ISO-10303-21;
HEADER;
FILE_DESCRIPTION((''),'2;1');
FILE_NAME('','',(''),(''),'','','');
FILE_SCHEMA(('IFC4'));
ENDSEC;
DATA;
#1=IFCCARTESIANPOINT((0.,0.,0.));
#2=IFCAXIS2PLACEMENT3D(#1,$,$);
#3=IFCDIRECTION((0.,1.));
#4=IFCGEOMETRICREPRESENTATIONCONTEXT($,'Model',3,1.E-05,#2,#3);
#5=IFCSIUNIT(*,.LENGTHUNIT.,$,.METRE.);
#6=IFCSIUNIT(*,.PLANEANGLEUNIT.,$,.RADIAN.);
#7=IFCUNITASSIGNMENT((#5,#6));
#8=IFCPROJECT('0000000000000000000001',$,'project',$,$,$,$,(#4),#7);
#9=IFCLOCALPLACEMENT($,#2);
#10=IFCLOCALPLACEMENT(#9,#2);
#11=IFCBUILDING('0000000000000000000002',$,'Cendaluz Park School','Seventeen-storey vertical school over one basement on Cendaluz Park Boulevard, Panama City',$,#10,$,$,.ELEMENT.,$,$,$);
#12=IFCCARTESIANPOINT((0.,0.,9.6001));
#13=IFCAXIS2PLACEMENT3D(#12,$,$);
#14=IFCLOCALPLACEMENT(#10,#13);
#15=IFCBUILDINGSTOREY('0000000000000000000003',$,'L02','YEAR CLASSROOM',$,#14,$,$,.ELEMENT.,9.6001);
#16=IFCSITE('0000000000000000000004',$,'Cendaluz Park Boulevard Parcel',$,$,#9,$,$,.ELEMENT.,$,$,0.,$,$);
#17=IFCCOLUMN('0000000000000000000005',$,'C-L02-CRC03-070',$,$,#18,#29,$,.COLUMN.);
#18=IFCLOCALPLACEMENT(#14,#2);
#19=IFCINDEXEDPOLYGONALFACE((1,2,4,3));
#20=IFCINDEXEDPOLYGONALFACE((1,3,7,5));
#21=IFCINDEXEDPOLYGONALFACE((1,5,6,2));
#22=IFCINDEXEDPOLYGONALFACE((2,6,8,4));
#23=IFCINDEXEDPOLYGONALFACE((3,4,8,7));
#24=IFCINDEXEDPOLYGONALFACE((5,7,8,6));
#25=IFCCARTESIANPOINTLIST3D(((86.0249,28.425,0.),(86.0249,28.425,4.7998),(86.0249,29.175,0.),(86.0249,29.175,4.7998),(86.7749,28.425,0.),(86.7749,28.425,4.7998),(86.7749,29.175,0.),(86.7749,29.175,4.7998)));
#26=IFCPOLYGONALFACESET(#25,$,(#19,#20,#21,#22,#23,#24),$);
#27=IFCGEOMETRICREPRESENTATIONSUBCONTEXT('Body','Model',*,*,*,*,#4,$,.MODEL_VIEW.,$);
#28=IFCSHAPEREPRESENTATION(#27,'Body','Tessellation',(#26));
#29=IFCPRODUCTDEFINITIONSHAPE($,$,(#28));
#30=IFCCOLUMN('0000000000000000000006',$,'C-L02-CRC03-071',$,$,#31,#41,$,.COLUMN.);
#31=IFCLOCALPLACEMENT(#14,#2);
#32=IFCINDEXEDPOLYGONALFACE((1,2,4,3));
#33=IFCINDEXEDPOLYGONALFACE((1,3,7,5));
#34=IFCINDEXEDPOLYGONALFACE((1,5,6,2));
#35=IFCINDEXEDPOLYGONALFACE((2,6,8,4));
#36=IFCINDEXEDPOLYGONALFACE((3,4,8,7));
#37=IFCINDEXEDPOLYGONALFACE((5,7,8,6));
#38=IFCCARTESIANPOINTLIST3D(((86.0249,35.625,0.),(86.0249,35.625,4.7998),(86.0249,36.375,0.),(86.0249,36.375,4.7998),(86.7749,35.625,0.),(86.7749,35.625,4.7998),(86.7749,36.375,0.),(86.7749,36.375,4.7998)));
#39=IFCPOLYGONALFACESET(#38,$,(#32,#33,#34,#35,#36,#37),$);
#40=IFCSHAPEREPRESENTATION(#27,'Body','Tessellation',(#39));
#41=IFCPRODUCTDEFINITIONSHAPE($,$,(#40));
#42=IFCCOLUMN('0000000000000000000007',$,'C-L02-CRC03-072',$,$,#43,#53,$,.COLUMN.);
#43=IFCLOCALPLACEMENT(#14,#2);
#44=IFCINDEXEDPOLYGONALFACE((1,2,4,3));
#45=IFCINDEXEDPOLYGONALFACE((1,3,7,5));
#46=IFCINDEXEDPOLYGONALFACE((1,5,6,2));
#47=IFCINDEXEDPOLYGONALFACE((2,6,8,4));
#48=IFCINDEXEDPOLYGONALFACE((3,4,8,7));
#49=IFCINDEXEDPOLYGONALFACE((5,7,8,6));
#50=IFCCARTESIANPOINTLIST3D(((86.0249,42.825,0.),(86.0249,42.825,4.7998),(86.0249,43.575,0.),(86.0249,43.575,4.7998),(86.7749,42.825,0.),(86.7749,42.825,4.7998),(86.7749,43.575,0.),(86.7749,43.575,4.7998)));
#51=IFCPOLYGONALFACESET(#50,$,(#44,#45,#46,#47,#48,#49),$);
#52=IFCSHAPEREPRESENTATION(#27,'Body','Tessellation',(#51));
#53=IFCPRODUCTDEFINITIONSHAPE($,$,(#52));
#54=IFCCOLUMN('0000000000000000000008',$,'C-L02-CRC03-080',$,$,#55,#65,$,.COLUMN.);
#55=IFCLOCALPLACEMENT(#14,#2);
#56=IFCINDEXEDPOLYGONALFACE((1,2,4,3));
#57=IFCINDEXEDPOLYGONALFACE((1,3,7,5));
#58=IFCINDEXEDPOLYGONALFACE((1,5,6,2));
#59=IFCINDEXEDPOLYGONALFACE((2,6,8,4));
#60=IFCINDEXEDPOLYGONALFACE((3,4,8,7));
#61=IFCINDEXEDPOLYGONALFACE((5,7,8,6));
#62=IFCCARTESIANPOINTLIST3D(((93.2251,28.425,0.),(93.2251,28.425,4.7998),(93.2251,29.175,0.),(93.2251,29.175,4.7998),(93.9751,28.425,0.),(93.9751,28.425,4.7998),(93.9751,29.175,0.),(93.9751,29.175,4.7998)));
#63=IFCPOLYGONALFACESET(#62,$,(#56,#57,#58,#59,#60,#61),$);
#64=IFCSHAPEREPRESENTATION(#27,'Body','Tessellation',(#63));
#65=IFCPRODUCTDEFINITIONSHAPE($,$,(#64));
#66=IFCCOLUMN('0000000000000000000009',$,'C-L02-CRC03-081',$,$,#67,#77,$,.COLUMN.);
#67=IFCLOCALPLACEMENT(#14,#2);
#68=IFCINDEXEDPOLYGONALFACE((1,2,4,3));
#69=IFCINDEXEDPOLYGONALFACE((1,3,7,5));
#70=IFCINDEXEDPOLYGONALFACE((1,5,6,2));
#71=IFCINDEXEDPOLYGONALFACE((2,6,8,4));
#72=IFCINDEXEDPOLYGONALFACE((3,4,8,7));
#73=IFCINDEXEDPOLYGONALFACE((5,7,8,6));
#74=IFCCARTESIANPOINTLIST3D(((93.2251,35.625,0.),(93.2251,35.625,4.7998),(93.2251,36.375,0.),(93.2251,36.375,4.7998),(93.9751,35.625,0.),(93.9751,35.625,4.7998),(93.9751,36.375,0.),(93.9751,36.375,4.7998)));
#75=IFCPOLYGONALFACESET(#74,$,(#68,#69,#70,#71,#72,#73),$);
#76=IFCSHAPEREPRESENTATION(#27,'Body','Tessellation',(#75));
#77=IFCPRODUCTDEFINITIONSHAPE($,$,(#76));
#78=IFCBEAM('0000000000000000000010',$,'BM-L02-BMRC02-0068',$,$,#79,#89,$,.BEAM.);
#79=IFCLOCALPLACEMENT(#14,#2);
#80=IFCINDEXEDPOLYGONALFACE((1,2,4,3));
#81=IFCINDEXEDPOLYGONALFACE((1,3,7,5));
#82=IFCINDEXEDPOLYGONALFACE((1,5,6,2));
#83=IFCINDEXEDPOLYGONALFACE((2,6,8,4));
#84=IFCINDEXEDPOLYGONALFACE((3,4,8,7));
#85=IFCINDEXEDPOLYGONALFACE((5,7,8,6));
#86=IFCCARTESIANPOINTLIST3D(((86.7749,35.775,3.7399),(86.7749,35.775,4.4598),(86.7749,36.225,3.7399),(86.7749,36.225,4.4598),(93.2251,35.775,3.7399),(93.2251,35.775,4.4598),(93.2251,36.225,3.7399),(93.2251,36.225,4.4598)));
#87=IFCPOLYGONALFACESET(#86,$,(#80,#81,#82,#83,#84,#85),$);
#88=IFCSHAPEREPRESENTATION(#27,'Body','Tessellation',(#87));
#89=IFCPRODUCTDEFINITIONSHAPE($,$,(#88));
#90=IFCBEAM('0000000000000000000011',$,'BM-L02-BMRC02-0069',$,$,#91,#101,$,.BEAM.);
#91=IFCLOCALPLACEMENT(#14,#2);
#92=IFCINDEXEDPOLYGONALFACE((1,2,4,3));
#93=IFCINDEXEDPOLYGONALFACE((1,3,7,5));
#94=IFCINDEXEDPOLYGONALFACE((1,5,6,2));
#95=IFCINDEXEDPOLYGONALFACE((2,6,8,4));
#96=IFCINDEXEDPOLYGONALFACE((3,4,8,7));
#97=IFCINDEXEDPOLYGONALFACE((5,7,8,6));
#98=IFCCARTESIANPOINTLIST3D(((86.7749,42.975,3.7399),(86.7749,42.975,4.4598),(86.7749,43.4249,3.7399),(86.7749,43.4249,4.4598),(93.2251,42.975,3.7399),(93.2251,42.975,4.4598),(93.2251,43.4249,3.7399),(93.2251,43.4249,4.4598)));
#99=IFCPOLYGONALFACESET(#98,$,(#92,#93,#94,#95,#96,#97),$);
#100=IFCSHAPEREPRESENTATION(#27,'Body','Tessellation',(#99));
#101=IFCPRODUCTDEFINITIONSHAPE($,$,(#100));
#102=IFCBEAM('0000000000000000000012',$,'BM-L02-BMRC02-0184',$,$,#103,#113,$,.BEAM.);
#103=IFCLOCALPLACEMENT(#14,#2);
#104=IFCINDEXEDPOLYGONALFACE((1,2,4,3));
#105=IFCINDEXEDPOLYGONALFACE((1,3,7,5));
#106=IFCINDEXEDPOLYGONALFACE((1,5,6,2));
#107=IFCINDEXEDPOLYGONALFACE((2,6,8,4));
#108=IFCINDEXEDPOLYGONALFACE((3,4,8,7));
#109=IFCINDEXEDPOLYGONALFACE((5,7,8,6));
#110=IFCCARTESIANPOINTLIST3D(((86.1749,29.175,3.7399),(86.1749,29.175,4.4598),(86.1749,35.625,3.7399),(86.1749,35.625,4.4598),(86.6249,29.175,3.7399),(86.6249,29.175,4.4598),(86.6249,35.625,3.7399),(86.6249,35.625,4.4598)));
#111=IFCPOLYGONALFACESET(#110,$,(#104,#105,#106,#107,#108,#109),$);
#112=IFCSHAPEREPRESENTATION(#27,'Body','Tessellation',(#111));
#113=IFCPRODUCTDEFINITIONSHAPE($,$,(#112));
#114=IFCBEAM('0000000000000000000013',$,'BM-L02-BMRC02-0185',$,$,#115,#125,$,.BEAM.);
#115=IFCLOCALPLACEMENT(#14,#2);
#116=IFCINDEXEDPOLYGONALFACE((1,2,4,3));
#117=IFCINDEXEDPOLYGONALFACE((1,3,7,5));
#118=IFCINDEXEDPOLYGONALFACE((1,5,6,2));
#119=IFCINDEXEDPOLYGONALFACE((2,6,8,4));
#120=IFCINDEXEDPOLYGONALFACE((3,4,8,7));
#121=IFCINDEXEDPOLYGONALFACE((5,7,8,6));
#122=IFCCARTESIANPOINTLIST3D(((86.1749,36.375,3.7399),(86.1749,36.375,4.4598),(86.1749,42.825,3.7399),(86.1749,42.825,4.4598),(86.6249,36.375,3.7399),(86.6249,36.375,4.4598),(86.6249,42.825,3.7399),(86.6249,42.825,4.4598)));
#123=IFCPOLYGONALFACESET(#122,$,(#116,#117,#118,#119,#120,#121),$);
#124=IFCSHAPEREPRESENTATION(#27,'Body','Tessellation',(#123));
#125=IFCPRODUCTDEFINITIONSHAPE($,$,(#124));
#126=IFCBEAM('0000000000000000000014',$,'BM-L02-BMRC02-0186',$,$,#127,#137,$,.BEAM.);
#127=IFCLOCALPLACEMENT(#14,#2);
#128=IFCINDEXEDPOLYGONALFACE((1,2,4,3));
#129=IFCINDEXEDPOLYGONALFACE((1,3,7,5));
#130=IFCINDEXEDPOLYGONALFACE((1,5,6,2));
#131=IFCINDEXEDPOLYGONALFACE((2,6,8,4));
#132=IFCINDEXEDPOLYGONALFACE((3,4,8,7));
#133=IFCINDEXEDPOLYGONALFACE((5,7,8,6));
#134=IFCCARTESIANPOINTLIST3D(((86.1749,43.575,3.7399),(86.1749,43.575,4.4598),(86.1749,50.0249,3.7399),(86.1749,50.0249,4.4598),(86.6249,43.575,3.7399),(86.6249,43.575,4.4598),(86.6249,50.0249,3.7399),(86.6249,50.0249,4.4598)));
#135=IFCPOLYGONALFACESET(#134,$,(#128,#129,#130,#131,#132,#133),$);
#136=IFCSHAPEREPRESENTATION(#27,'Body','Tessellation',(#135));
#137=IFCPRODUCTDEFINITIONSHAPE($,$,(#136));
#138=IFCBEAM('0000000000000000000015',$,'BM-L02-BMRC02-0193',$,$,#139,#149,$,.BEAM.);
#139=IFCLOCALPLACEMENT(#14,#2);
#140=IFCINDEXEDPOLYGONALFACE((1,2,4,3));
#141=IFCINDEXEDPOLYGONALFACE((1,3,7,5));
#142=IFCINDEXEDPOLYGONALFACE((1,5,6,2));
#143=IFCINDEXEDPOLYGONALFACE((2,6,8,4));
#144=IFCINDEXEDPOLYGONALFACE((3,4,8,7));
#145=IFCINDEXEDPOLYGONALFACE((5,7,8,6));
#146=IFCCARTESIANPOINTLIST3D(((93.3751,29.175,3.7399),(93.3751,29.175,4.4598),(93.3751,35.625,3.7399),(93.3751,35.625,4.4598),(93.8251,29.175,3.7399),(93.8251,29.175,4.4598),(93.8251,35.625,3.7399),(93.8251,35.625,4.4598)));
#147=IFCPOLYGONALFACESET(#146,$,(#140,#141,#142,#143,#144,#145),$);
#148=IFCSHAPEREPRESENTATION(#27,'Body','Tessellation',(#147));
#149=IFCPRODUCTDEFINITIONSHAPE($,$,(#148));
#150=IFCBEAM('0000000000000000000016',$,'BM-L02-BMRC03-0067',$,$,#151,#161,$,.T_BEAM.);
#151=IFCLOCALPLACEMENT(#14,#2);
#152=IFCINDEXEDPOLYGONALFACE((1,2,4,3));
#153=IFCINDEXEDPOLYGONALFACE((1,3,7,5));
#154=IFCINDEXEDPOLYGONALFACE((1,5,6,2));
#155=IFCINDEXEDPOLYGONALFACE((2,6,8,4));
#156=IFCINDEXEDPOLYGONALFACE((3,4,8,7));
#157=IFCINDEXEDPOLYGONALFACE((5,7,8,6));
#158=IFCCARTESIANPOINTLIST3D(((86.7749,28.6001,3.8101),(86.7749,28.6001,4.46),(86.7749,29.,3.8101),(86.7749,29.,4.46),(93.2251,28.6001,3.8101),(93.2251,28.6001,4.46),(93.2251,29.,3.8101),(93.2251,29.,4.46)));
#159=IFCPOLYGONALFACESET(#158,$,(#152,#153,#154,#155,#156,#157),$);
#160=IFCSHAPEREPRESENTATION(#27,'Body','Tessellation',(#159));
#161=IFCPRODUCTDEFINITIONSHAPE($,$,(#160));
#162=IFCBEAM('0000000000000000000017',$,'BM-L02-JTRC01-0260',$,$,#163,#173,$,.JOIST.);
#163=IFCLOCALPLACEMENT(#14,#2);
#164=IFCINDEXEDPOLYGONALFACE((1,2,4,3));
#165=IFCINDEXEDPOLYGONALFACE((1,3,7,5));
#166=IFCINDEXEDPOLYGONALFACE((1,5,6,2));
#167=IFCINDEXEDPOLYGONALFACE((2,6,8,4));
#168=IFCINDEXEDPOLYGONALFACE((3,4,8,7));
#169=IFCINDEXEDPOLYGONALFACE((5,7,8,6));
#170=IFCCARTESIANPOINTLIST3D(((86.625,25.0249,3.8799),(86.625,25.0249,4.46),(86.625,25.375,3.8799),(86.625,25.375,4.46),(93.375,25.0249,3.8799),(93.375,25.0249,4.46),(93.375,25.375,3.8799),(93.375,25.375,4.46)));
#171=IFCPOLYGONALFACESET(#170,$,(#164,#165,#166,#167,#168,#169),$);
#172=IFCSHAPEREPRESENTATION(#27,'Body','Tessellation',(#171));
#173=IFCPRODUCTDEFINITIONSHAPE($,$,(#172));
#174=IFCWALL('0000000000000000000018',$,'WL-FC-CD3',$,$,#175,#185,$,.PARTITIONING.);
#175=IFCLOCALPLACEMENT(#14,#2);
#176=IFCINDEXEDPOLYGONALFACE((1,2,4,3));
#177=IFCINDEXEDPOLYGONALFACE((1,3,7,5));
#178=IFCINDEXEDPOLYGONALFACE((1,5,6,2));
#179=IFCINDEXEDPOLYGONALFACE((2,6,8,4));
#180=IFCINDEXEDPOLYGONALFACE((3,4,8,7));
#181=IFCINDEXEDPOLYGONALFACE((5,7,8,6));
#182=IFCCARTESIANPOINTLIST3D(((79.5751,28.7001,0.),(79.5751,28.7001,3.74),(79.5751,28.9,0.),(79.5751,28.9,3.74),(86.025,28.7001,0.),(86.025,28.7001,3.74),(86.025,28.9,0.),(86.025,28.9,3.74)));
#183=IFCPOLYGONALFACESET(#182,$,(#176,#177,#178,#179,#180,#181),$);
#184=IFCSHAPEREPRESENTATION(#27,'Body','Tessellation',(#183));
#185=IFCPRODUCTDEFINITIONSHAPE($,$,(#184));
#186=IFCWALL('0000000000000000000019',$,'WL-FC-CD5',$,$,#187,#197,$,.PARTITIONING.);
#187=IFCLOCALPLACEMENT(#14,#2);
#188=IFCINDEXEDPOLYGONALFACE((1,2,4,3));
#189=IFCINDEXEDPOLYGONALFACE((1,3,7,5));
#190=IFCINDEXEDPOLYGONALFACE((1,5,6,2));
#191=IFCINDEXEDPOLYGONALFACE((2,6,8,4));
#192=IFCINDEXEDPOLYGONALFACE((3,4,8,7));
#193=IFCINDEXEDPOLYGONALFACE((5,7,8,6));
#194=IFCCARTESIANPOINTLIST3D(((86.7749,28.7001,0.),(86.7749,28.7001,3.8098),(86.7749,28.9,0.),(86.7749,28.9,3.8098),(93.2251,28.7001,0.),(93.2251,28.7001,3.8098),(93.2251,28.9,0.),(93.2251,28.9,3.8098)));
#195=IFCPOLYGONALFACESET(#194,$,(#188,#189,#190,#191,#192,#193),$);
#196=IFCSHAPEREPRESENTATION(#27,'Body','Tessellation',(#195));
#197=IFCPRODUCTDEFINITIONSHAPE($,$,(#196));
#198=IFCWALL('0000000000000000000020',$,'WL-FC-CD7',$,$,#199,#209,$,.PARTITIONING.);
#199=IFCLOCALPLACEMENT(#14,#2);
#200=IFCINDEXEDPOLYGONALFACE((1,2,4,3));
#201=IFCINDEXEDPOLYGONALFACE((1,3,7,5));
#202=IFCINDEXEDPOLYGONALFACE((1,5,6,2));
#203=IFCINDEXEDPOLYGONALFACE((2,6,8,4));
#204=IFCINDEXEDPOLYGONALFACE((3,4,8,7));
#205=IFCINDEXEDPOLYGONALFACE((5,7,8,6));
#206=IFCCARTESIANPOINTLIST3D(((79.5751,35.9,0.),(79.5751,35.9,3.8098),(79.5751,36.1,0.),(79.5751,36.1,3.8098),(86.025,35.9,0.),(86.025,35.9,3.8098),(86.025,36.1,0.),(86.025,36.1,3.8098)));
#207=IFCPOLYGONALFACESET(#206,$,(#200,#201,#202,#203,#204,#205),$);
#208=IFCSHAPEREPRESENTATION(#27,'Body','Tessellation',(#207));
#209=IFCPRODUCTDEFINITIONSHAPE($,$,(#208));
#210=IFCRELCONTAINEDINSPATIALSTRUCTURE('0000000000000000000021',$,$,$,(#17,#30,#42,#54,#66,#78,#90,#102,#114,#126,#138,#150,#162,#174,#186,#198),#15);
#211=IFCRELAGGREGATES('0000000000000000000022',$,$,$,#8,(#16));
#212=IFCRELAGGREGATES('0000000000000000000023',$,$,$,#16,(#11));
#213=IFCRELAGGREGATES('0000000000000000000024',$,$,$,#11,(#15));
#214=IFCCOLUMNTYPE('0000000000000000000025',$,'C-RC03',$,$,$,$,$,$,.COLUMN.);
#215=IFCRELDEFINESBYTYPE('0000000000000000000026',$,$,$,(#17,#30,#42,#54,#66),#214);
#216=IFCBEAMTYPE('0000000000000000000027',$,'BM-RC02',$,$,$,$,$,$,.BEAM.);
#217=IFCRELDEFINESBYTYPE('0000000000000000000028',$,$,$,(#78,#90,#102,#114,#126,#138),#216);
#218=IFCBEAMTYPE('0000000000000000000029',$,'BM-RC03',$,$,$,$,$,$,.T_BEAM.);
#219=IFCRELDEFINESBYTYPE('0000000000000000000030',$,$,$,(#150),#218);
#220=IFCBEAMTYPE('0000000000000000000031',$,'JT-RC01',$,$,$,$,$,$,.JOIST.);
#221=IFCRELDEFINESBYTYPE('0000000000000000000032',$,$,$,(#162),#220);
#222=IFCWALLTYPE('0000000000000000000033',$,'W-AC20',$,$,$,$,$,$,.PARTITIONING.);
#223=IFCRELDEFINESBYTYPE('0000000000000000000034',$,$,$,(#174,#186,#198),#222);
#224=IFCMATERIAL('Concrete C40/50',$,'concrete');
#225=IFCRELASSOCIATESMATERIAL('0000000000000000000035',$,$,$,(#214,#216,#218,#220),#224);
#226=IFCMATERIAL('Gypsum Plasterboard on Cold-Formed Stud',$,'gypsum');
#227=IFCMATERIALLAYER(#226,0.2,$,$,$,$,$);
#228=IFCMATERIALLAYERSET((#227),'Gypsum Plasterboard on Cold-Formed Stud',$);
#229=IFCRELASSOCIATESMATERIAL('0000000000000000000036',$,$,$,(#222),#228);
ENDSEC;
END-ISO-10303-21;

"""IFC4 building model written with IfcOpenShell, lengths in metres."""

from ifc_helpers import new_model, si_unit, direction, frame, frame_2d, origin, origin_2d, place, context, subcontext, project, spatial, rectangle, extrude, material, layer, layer_set, material_profile, profile_set, type_object, element, save


model = new_model("IFC4")

# Units and contexts
model_context = context("Model", 3, precision=1e-05, world=origin(), true_north=direction((0.0, 1.0)))
body_context = subcontext(model_context, "Body", "Model", "MODEL_VIEW")
ifc_project = project(units=[si_unit("LENGTHUNIT", "METRE"), si_unit("PLANEANGLEUNIT", "RADIAN")], contexts=[model_context])

# Site, building, storey
site_placement = place(None, origin())
site = spatial("IfcSite", under=ifc_project, at=site_placement, Name="Cendaluz Park Boulevard Parcel", CompositionType="ELEMENT", RefElevation=0.0)
building_placement = place(site_placement, origin())
building = spatial("IfcBuilding", under=site, at=building_placement, Name="Cendaluz Park School", Description="Seventeen-storey vertical school over one basement on Cendaluz Park Boulevard, Panama City", CompositionType="ELEMENT")
storey_placement = place(building_placement, frame((0.0, 0.0, 9.6001)))
storey = spatial("IfcBuildingStorey", under=building, at=storey_placement, Name="L02", Description="YEAR CLASSROOM", CompositionType="ELEMENT", Elevation=9.6001)

# Columns
ifc_material_1 = material(Name="Concrete C40/50", Category="concrete")
ifc_material_profile_1 = material_profile(ifc_material_1, rectangle(XDim=0.75, YDim=0.75, at=origin_2d()), Name="RC 750x750", Category="concrete")
ifc_profile_set_1 = profile_set([ifc_material_profile_1], Name="Concrete C40/50")
column_type = type_object("IfcColumnType", Name="C-RC03", PredefinedType="COLUMN", material=ifc_profile_set_1)
for number, where, z_axis, x_axis, name in (
    (1, (86.3999, 28.8, 0.0), (0.0, 0.0, 1.0), (1.0, 0.0, 0.0), "C-L02-CRC03-070"),
    (2, (86.3999, 36.0, 0.0), (0.0, 0.0, 1.0), (1.0, 0.0, 0.0), "C-L02-CRC03-071"),
    (3, (86.3999, 43.2, 0.0), (0.0, 0.0, 1.0), (1.0, 0.0, 0.0), "C-L02-CRC03-072"),
    (4, (93.6001, 28.8, 0.0), (0.0, 0.0, 1.0), (1.0, 0.0, 0.0), "C-L02-CRC03-080"),
    (5, (93.6001, 36.0, 0.0), (0.0, 0.0, 1.0), (1.0, 0.0, 0.0), "C-L02-CRC03-081"),
):
    element("IfcColumn", number, at=place(storey_placement, frame(where, z_axis=z_axis, x_axis=x_axis)), inside=storey, type_object=column_type, Name=name, PredefinedType="COLUMN", context=body_context, shape_type="SweptSolid", body=[
        extrude(rectangle(XDim=0.75, YDim=0.75, at=origin_2d()), origin(), (0.0, 0.0, 1.0), 4.7998),
    ])

# Beams
ifc_material_profile_2 = material_profile(ifc_material_1, rectangle(XDim=0.45, YDim=0.72, at=origin_2d()), Name="RC 450x720", Category="concrete")
ifc_profile_set_2 = profile_set([ifc_material_profile_2], Name="Concrete C40/50")
beam_type_1 = type_object("IfcBeamType", Name="BM-RC02", PredefinedType="BEAM", material=ifc_profile_set_2)
for number, where, z_axis, x_axis, name in (
    (6, (86.7749, 36.0, 4.0999), (1.0, 0.0, 0.0), (0.0, 1.0, 0.0), "BM-L02-BMRC02-0068"),
    (7, (86.7749, 43.2, 4.0999), (1.0, 0.0, 0.0), (0.0, 1.0, 0.0), "BM-L02-BMRC02-0069"),
):
    element("IfcBeam", number, at=place(storey_placement, frame(where, z_axis=z_axis, x_axis=x_axis)), inside=storey, type_object=beam_type_1, Name=name, PredefinedType="BEAM", context=body_context, shape_type="SweptSolid", body=[
        extrude(rectangle(XDim=0.45, YDim=0.72, at=origin_2d()), origin(), (0.0, 0.0, 1.0), 6.4502),
    ])
for number, where, z_axis, x_axis, name in (
    (8, (86.3999, 29.175, 4.0999), (0.0, 1.0, 0.0), (-1.0, 0.0, 0.0), "BM-L02-BMRC02-0184"),
    (9, (86.3999, 36.375, 4.0999), (0.0, 1.0, 0.0), (-1.0, 0.0, 0.0), "BM-L02-BMRC02-0185"),
    (10, (86.3999, 43.575, 4.0999), (0.0, 1.0, 0.0), (-1.0, 0.0, 0.0), "BM-L02-BMRC02-0186"),
    (11, (93.6001, 29.175, 4.0999), (0.0, 1.0, 0.0), (-1.0, 0.0, 0.0), "BM-L02-BMRC02-0193"),
):
    element("IfcBeam", number, at=place(storey_placement, frame(where, z_axis=z_axis, x_axis=x_axis)), inside=storey, type_object=beam_type_1, Name=name, PredefinedType="BEAM", context=body_context, shape_type="SweptSolid", body=[
        extrude(rectangle(XDim=0.45, YDim=0.72, at=origin_2d()), origin(), (0.0, 0.0, 1.0), 6.45),
    ])
ifc_material_profile_3 = material_profile(ifc_material_1, rectangle(XDim=0.3999, YDim=0.6499, at=origin_2d()), Name="RC 400x650", Category="concrete")
ifc_profile_set_3 = profile_set([ifc_material_profile_3], Name="Concrete C40/50")
beam_type_2 = type_object("IfcBeamType", Name="BM-RC03", PredefinedType="T_BEAM", material=ifc_profile_set_3)
beam_1_placement = place(storey_placement, frame((86.7749, 28.8, 4.135), z_axis=(1.0, 0.0, 0.0), x_axis=(0.0, 1.0, 0.0)))
element("IfcBeam", 12, at=beam_1_placement, inside=storey, type_object=beam_type_2, Name="BM-L02-BMRC03-0067", PredefinedType="T_BEAM", context=body_context, shape_type="SweptSolid", body=[
    extrude(rectangle(XDim=0.3999, YDim=0.6499, at=origin_2d()), origin(), (0.0, 0.0, 1.0), 6.4502),
])
ifc_material_profile_4 = material_profile(ifc_material_1, rectangle(XDim=0.3501, YDim=0.5801, at=origin_2d()), Name="RC 350x580", Category="concrete")
ifc_profile_set_4 = profile_set([ifc_material_profile_4], Name="Concrete C40/50")
beam_type_3 = type_object("IfcBeamType", Name="JT-RC01", PredefinedType="JOIST", material=ifc_profile_set_4)
beam_2_placement = place(storey_placement, frame((86.625, 25.2, 4.1699), z_axis=(1.0, 0.0, 0.0), x_axis=(0.0, 1.0, 0.0)))
element("IfcBeam", 13, at=beam_2_placement, inside=storey, type_object=beam_type_3, Name="BM-L02-JTRC01-0260", PredefinedType="JOIST", context=body_context, shape_type="SweptSolid", body=[
    extrude(rectangle(XDim=0.3501, YDim=0.5801, at=origin_2d()), origin(), (0.0, 0.0, 1.0), 6.75),
])

# Walls
ifc_material_2 = material(Name="Gypsum Plasterboard on Cold-Formed Stud", Category="gypsum")
ifc_layer = layer(ifc_material_2, 0.2)
ifc_layer_set = layer_set([ifc_layer], Name="Gypsum Plasterboard on Cold-Formed Stud")
wall_type = type_object("IfcWallType", Name="W-AC20", PredefinedType="PARTITIONING", material=ifc_layer_set)
wall_1_placement = place(storey_placement, frame((79.575, 28.8, 0.0), z_axis=(0.0, 0.0, 1.0), x_axis=(1.0, 0.0, 0.0)))
element("IfcWall", 14, at=wall_1_placement, inside=storey, type_object=wall_type, Name="WL-FC-CD3", PredefinedType="PARTITIONING", context=body_context, shape_type="SweptSolid", body=[
    extrude(rectangle(XDim=6.45, YDim=0.2, at=frame_2d((3.2251, 0.0))), origin(), (0.0, 0.0, 1.0), 3.74),
])
wall_2_placement = place(storey_placement, frame((86.7749, 28.8, 0.0), z_axis=(0.0, 0.0, 1.0), x_axis=(1.0, 0.0, 0.0)))
element("IfcWall", 15, at=wall_2_placement, inside=storey, type_object=wall_type, Name="WL-FC-CD5", PredefinedType="PARTITIONING", context=body_context, shape_type="SweptSolid", body=[
    extrude(rectangle(XDim=6.4502, YDim=0.2, at=frame_2d((3.2251, 0.0))), origin(), (0.0, 0.0, 1.0), 3.8098),
])
wall_3_placement = place(storey_placement, frame((79.575, 36.0, 0.0), z_axis=(0.0, 0.0, 1.0), x_axis=(1.0, 0.0, 0.0)))
element("IfcWall", 16, at=wall_3_placement, inside=storey, type_object=wall_type, Name="WL-FC-CD7", PredefinedType="PARTITIONING", context=body_context, shape_type="SweptSolid", body=[
    extrude(rectangle(XDim=6.45, YDim=0.2, at=frame_2d((3.2251, 0.0))), origin(), (0.0, 0.0, 1.0), 3.8098),
])

save(model, "model.ifc")
